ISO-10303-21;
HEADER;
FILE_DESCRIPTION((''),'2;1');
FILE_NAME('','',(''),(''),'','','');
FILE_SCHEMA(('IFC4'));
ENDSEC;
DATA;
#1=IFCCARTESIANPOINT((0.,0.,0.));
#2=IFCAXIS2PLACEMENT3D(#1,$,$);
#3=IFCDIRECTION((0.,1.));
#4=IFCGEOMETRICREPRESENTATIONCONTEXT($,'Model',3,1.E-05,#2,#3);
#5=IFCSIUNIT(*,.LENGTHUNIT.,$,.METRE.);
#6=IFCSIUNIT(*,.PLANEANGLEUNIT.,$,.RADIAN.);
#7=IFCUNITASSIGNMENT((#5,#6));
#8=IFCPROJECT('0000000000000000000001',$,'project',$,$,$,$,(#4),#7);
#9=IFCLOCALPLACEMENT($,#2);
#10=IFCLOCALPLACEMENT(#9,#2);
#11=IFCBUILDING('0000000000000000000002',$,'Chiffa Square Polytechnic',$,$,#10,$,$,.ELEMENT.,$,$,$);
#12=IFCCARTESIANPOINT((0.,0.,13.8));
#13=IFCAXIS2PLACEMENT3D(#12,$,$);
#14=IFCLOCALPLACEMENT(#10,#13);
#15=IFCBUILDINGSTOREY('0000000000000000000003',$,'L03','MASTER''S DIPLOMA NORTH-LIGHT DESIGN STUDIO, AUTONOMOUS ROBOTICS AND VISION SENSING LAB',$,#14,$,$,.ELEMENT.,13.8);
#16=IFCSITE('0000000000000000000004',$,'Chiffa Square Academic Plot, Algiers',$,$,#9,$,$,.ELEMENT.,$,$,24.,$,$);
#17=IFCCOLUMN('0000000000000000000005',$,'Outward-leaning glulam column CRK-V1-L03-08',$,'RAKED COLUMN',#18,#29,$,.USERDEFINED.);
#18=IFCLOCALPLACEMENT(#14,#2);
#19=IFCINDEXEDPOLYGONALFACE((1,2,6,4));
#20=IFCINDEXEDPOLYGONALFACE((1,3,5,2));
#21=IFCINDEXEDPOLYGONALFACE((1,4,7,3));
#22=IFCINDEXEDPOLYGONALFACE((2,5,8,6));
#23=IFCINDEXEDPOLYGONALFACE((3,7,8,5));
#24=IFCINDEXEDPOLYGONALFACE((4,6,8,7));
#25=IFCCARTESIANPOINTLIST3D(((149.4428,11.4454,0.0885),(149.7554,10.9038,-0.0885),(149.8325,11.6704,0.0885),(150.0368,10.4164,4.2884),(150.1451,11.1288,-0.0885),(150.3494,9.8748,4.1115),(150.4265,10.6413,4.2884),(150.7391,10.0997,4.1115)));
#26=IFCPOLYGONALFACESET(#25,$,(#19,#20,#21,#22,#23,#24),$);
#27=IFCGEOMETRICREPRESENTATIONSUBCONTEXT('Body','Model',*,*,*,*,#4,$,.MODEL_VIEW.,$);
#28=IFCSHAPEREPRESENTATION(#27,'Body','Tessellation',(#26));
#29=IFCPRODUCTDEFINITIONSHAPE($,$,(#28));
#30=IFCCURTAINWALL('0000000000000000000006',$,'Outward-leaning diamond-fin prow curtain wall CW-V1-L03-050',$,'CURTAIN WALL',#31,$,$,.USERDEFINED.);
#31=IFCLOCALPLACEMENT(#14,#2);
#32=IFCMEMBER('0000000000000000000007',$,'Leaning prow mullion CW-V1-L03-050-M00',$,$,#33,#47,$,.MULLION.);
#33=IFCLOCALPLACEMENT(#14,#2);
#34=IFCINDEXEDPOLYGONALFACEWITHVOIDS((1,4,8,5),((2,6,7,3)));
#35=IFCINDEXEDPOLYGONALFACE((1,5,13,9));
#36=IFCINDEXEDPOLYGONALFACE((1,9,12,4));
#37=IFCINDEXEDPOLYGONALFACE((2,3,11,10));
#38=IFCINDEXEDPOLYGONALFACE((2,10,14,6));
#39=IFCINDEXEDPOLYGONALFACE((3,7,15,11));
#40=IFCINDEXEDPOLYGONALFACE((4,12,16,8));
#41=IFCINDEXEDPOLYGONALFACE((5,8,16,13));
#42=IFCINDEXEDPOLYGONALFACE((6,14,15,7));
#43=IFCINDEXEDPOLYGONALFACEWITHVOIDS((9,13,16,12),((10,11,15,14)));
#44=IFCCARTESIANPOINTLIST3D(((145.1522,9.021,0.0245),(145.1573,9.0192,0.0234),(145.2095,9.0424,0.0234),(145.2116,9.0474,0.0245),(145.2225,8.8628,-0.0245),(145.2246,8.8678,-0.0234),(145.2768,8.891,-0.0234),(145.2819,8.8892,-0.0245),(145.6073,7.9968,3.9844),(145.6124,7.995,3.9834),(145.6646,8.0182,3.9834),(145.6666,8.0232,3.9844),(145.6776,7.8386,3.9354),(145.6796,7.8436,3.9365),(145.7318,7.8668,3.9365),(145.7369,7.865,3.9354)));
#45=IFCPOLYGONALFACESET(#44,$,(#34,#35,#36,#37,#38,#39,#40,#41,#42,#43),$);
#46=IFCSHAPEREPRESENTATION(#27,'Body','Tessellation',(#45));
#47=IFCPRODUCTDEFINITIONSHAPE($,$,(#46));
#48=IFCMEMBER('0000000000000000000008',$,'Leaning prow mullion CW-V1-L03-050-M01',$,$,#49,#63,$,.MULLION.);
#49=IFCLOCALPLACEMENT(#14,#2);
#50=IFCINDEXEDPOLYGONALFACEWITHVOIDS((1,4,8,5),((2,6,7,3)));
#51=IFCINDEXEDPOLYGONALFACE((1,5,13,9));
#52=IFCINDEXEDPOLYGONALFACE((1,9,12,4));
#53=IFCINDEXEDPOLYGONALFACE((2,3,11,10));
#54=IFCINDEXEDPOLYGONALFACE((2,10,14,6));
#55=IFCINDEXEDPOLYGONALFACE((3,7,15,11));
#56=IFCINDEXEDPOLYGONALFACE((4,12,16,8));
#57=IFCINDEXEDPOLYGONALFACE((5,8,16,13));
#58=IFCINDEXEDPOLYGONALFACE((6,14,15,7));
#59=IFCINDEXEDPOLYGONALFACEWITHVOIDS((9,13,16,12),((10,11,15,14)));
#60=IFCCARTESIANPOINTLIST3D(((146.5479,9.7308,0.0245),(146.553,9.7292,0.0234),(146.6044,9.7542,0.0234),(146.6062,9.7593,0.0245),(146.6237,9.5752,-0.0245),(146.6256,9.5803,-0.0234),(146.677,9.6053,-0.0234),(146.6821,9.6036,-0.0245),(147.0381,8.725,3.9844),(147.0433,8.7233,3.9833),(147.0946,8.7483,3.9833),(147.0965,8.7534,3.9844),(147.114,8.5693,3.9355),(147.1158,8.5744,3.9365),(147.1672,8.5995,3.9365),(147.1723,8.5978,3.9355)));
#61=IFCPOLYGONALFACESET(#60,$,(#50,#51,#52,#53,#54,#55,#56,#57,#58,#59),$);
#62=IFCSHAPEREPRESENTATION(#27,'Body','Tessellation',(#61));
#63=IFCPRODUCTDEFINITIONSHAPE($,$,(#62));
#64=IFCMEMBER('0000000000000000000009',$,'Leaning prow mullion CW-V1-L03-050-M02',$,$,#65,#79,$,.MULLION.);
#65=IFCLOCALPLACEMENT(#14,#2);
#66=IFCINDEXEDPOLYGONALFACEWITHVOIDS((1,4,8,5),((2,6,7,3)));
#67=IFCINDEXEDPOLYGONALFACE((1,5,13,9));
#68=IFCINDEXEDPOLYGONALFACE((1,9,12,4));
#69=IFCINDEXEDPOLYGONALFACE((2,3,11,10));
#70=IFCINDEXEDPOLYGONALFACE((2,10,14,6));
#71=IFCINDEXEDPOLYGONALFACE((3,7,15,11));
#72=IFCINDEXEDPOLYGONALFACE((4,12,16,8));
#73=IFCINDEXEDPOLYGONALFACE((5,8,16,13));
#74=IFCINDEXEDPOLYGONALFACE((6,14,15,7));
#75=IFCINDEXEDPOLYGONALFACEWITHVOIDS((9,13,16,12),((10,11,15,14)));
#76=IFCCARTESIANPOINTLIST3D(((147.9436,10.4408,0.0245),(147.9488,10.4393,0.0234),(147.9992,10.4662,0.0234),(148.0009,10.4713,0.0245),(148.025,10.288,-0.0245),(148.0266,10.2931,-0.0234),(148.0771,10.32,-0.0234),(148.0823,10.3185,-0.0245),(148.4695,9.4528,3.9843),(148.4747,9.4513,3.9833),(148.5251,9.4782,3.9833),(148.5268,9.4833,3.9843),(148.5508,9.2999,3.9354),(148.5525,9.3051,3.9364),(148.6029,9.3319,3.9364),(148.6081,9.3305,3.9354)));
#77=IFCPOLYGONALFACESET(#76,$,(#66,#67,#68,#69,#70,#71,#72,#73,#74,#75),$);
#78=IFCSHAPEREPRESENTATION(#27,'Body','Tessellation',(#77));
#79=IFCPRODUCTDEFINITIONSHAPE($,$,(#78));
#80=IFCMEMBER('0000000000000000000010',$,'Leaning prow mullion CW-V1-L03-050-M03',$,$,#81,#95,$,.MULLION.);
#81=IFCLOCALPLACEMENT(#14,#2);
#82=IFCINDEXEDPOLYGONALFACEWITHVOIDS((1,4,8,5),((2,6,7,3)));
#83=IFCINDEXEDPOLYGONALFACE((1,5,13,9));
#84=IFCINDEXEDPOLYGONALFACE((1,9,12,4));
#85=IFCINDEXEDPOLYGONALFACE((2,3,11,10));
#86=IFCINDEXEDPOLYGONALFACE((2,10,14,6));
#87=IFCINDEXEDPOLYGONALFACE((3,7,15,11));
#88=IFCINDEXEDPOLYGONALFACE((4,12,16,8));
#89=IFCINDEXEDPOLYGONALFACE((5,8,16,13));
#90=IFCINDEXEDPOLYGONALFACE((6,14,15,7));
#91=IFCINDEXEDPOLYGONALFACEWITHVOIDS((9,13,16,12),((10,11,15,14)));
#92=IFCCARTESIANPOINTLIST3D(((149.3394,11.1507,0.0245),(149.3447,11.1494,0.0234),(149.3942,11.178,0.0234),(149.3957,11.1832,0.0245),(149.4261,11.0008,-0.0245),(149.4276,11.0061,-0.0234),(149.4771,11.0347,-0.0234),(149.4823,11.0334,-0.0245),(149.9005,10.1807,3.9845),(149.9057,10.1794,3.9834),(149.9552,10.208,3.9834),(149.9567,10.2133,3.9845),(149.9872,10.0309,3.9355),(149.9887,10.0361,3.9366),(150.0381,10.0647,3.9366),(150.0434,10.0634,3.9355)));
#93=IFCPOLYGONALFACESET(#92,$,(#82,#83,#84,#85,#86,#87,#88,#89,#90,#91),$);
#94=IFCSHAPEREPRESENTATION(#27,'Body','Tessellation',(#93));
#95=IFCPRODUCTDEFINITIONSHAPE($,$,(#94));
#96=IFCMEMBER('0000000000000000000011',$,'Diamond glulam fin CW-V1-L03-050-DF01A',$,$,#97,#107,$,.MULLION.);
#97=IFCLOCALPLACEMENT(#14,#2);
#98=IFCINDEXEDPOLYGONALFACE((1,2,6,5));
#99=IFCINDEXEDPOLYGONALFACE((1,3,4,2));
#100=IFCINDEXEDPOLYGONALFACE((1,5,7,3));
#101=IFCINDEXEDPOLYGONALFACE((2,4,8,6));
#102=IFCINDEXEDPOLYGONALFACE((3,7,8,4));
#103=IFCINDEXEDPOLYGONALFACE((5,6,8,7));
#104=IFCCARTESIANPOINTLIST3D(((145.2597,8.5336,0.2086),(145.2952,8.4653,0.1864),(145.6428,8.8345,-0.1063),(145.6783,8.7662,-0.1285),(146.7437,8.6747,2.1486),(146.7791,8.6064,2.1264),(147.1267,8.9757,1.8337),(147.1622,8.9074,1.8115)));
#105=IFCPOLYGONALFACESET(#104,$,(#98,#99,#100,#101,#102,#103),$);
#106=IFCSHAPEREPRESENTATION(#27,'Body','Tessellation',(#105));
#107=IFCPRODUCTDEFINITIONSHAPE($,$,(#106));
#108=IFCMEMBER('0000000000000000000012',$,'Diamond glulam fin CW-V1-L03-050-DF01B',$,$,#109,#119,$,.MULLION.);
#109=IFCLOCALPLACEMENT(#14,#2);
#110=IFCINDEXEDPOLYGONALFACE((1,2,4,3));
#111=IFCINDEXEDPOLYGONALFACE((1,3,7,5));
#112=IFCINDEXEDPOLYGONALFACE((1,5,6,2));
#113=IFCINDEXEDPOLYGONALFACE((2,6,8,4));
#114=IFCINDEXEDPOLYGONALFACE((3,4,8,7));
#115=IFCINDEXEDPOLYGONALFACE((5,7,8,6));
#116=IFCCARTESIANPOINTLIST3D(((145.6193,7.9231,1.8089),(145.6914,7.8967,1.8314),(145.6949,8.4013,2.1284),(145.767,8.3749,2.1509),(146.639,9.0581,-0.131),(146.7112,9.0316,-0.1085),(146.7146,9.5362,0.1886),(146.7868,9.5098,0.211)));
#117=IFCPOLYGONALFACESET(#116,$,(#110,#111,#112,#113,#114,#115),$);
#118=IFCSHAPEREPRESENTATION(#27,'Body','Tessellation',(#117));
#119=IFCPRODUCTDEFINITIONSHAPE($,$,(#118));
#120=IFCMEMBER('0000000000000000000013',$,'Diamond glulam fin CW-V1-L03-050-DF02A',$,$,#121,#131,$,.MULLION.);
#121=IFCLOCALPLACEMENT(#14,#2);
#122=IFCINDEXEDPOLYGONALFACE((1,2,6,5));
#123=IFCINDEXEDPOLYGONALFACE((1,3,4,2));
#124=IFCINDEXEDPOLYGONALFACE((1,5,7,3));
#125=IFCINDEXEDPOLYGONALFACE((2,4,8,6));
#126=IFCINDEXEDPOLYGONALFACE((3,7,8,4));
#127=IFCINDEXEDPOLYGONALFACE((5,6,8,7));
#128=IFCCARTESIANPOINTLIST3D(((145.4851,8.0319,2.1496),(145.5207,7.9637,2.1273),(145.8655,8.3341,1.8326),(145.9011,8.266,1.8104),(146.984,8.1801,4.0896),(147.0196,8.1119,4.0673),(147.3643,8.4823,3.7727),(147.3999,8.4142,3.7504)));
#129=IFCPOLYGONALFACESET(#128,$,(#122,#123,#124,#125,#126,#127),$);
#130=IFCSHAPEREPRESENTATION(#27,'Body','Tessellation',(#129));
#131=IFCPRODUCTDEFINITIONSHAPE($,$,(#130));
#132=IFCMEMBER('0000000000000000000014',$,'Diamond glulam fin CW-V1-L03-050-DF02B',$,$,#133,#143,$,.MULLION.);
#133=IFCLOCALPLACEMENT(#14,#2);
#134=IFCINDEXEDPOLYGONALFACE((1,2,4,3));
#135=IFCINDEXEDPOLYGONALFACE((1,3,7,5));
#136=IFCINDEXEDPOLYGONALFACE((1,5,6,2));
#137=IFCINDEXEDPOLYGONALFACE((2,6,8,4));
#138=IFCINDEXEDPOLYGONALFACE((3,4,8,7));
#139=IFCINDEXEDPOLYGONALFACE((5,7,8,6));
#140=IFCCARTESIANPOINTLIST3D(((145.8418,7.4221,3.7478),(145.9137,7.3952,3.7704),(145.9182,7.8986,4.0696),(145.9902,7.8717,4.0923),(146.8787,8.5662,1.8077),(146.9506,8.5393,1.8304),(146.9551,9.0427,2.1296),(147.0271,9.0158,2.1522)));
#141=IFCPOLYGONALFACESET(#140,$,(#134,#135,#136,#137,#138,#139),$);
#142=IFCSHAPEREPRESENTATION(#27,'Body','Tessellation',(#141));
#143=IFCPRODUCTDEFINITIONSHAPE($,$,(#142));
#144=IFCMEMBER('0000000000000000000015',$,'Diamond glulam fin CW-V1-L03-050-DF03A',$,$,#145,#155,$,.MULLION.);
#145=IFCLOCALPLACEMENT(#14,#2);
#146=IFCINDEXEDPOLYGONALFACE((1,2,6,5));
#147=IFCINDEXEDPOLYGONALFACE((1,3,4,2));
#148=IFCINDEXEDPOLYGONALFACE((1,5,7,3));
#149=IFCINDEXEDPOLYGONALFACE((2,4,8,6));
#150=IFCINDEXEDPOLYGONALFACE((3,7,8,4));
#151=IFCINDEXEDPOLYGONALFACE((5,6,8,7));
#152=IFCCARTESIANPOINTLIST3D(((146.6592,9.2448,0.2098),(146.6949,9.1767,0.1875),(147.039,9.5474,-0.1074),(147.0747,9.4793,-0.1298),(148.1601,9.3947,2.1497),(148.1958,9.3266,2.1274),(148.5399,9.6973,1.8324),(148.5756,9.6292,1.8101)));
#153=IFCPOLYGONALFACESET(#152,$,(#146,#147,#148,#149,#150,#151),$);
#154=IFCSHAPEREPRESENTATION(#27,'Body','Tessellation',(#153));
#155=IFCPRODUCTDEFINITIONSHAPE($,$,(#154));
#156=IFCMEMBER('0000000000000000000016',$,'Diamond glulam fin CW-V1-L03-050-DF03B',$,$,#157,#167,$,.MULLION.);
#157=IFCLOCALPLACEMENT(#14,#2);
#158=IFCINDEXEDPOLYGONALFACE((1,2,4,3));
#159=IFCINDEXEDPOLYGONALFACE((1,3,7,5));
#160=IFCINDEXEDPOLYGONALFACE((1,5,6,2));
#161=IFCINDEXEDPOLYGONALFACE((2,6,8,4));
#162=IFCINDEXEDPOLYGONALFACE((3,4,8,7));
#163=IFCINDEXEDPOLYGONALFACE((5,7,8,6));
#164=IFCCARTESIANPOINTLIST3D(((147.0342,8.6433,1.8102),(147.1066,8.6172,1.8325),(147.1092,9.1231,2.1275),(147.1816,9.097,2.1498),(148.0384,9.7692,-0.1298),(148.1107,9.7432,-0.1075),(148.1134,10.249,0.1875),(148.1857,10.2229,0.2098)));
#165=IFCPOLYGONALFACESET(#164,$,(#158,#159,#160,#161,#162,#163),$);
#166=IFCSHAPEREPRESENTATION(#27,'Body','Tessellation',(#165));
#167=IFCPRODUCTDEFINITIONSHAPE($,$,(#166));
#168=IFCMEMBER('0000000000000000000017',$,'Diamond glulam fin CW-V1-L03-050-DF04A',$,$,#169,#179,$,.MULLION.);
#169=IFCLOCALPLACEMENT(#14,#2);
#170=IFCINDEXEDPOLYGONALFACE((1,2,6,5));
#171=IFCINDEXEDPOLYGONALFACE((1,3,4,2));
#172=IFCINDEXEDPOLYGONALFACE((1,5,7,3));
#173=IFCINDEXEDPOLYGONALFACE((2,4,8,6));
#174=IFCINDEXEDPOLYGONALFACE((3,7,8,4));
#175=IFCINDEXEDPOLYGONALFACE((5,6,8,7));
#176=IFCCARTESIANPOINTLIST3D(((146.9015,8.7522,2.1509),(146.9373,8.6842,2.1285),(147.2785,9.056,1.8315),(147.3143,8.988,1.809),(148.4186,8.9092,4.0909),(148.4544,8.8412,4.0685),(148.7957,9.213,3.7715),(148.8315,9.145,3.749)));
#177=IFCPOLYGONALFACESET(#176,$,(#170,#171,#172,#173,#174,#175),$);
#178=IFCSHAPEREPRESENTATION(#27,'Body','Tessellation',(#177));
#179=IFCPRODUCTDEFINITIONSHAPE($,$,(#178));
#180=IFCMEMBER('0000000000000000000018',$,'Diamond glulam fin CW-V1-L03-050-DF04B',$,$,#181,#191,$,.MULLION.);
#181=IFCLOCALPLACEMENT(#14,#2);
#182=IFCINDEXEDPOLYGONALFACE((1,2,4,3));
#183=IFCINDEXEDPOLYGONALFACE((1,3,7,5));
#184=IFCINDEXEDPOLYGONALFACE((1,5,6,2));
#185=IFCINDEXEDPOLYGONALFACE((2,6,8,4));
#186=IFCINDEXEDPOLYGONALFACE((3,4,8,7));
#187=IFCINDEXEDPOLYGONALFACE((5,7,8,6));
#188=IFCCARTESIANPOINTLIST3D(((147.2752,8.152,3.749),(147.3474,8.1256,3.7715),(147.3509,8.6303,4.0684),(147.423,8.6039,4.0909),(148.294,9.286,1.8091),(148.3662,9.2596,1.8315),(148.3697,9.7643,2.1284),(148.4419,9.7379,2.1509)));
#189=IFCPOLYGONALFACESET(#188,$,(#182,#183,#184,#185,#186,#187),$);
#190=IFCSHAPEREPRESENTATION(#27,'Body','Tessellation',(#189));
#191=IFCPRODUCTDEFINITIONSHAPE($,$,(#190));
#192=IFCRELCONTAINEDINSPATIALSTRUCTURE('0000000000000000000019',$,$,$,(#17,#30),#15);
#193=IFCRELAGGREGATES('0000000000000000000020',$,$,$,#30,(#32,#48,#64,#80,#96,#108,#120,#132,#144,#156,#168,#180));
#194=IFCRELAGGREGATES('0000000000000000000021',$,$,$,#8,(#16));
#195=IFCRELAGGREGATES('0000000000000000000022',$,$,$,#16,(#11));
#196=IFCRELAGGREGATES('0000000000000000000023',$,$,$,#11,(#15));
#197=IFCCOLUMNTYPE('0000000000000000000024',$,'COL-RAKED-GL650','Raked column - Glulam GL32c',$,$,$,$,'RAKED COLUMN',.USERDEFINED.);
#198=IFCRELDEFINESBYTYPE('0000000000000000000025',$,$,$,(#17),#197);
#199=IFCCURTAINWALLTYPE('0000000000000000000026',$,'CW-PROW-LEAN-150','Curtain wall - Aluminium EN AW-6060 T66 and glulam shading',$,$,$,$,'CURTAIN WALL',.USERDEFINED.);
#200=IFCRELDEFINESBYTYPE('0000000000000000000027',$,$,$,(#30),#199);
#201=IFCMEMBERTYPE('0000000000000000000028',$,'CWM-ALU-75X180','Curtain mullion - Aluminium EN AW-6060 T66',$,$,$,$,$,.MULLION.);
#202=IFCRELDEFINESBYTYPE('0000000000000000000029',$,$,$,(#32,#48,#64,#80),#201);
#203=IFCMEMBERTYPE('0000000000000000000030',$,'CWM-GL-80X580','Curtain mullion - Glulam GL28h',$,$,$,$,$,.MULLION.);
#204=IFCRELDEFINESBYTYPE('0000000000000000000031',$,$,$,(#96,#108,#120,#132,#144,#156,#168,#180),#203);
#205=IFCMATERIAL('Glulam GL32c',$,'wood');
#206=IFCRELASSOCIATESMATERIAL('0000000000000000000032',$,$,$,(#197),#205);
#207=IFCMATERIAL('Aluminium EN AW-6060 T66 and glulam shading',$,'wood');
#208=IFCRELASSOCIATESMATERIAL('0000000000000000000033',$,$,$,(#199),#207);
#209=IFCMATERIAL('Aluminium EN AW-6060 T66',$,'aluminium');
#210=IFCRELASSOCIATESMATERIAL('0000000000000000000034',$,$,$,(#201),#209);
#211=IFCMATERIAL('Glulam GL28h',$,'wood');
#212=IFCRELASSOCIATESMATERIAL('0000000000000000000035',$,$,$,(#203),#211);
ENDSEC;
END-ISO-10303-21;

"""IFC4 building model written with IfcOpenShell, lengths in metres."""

from ifc_helpers import new_model, si_unit, direction, frame, origin, origin_2d, place, context, subcontext, project, spatial, rectangle, hollow_rectangle, extrude, material, material_profile, profile_set, type_object, element, aggregate, save


model = new_model("IFC4")

# Units and contexts
model_context = context("Model", 3, precision=1e-05, world=origin(), true_north=direction((0.0, 1.0)))
body_context = subcontext(model_context, "Body", "Model", "MODEL_VIEW")
ifc_project = project(units=[si_unit("LENGTHUNIT", "METRE"), si_unit("PLANEANGLEUNIT", "RADIAN")], contexts=[model_context])

# Site, building, storey
site_placement = place(None, origin())
site = spatial("IfcSite", under=ifc_project, at=site_placement, Name="Chiffa Square Academic Plot, Algiers", CompositionType="ELEMENT", RefElevation=24.0)
building_placement = place(site_placement, origin())
building = spatial("IfcBuilding", under=site, at=building_placement, Name="Chiffa Square Polytechnic", CompositionType="ELEMENT")
storey_placement = place(building_placement, frame((0.0, 0.0, 13.8)))
storey = spatial("IfcBuildingStorey", under=building, at=storey_placement, Name="L03", Description="MASTER'S DIPLOMA NORTH-LIGHT DESIGN STUDIO, AUTONOMOUS ROBOTICS AND VISION SENSING LAB", CompositionType="ELEMENT", Elevation=13.8)

# Column
ifc_material_1 = material(Name="Glulam GL32c", Category="wood")
ifc_material_profile_1 = material_profile(ifc_material_1, rectangle(XDim=0.45, YDim=0.6499, at=origin_2d()), Name="GL32c 450x650")
ifc_profile_set_1 = profile_set([ifc_material_profile_1], Name="Glulam GL32c")
column_type = type_object("IfcColumnType", Name="COL-RAKED-GL650", Description="Raked column - Glulam GL32c", ElementType="RAKED COLUMN", PredefinedType="USERDEFINED", material=ifc_profile_set_1)
column_placement = place(storey_placement, frame((149.7939, 11.2871, 0.0), z_axis=(0.136088, -0.235762, 0.962235), x_axis=(0.866073, 0.499918, 0.0)))
element("IfcColumn", 1, at=column_placement, inside=storey, type_object=column_type, Name="Outward-leaning glulam column CRK-V1-L03-08", ObjectType="RAKED COLUMN", PredefinedType="USERDEFINED", context=body_context, shape_type="SweptSolid", body=[
    extrude(rectangle(XDim=0.45, YDim=0.6499, at=origin_2d()), origin(), (0.0, 0.0, 1.0), 4.3647),
])

# Curtain wall, members
ifc_material_2 = material(Name="Aluminium EN AW-6060 T66 and glulam shading", Category="wood")
curtain_wall_type_1 = type_object("IfcCurtainWallType", Name="CW-PROW-LEAN-150", Description="Curtain wall - Aluminium EN AW-6060 T66 and glulam shading", ElementType="CURTAIN WALL", PredefinedType="USERDEFINED", material=ifc_material_2)
curtain_wall_1_placement = place(storey_placement, origin())
curtain_wall_1 = element("IfcCurtainWall", 2, at=curtain_wall_1_placement, inside=storey, type_object=curtain_wall_type_1, Name="Outward-leaning diamond-fin prow curtain wall CW-V1-L03-050", ObjectType="CURTAIN WALL", PredefinedType="USERDEFINED")
ifc_material_3 = material(Name="Aluminium EN AW-6060 T66", Category="aluminium")
ifc_material_profile_2 = material_profile(ifc_material_3, hollow_rectangle(XDim=0.0649, YDim=0.1799, WallThickness=0.0039, at=origin_2d()), Name="ALU 65x180x4")
ifc_profile_set_2 = profile_set([ifc_material_profile_2], Name="Aluminium EN AW-6060 T66")
member_type_1 = type_object("IfcMemberType", Name="CWM-ALU-75X180", Description="Curtain mullion - Aluminium EN AW-6060 T66", PredefinedType="MULLION", material=ifc_profile_set_2)
member_1_placement = place(storey_placement, frame((145.217, 8.9551, 0.0), z_axis=(0.110577, -0.248857, 0.962207), x_axis=(0.913847, 0.406058, 0.0)))
member_1 = element("IfcMember", 3, at=member_1_placement, type_object=member_type_1, Name="Leaning prow mullion CW-V1-L03-050-M00", PredefinedType="MULLION", context=body_context, shape_type="SweptSolid", body=[
    extrude(hollow_rectangle(XDim=0.0649, YDim=0.1799, WallThickness=0.0039, at=origin_2d()), origin(), (0.0, 0.0, 1.0), 4.1155),
])
member_2_placement = place(storey_placement, frame((146.615, 9.6672, 0.0), z_axis=(0.119133, -0.244436, 0.962319), x_axis=(0.898919, 0.438114, 0.0)))
member_2 = element("IfcMember", 4, at=member_2_placement, type_object=member_type_1, Name="Leaning prow mullion CW-V1-L03-050-M01", PredefinedType="MULLION", context=body_context, shape_type="SweptSolid", body=[
    extrude(hollow_rectangle(XDim=0.0649, YDim=0.1799, WallThickness=0.0039, at=origin_2d()), origin(), (0.0, 0.0, 1.0), 4.115),
])
member_3_placement = place(storey_placement, frame((148.0129, 10.3796, 0.0), z_axis=(0.127792, -0.2401, 0.9623), x_axis=(0.882751, 0.469841, 0.0)))
member_3 = element("IfcMember", 5, at=member_3_placement, type_object=member_type_1, Name="Leaning prow mullion CW-V1-L03-050-M02", PredefinedType="MULLION", context=body_context, shape_type="SweptSolid", body=[
    extrude(hollow_rectangle(XDim=0.0649, YDim=0.1799, WallThickness=0.0039, at=origin_2d()), origin(), (0.0, 0.0, 1.0), 4.115),
])
member_4_placement = place(storey_placement, frame((149.4109, 11.092, 0.0), z_axis=(0.136324, -0.23569, 0.962219), x_axis=(0.86563, 0.500684, 0.0)))
member_4 = element("IfcMember", 6, at=member_4_placement, type_object=member_type_1, Name="Leaning prow mullion CW-V1-L03-050-M03", PredefinedType="MULLION", context=body_context, shape_type="SweptSolid", body=[
    extrude(hollow_rectangle(XDim=0.0649, YDim=0.1799, WallThickness=0.0039, at=origin_2d()), origin(), (0.0, 0.0, 1.0), 4.1155),
])
ifc_material_4 = material(Name="Glulam GL28h", Category="wood")
ifc_material_profile_3 = material_profile(ifc_material_4, rectangle(XDim=0.0801, YDim=0.5801, at=origin_2d()), Name="GL28h 80x580")
ifc_profile_set_3 = profile_set([ifc_material_profile_3], Name="Glulam GL28h")
member_type_2 = type_object("IfcMemberType", Name="CWM-GL-80X580", Description="Curtain mullion - Glulam GL28h", PredefinedType="MULLION", material=ifc_profile_set_3)
member_5_placement = place(storey_placement, frame((145.469, 8.6499, 0.04), z_axis=(0.606542, 0.05768, 0.792956), x_axis=(-0.442729, 0.852924, 0.276607)))
member_5 = element("IfcMember", 7, at=member_5_placement, type_object=member_type_2, Name="Diamond glulam fin CW-V1-L03-050-DF01A", PredefinedType="MULLION", context=body_context, shape_type="SweptSolid", body=[
    extrude(rectangle(XDim=0.0801, YDim=0.5801, at=origin_2d()), origin(), (0.0, 0.0, 1.0), 2.4465),
])
member_6_placement = place(storey_placement, frame((146.7129, 9.2839, 0.04), z_axis=(-0.413181, -0.45987, 0.786003), x_axis=(0.901271, -0.330055, 0.280667)))
member_6 = element("IfcMember", 8, at=member_6_placement, type_object=member_type_2, Name="Diamond glulam fin CW-V1-L03-050-DF01B", PredefinedType="MULLION", context=body_context, shape_type="SweptSolid", body=[
    extrude(rectangle(XDim=0.0801, YDim=0.5801, at=origin_2d()), origin(), (0.0, 0.0, 1.0), 2.468),
])
member_7_placement = place(storey_placement, frame((145.6931, 8.1489, 1.98), z_axis=(0.610265, 0.060341, 0.789896), x_axis=(-0.444537, 0.851397, 0.278406)))
member_7 = element("IfcMember", 9, at=member_7_placement, type_object=member_type_2, Name="Diamond glulam fin CW-V1-L03-050-DF02A", PredefinedType="MULLION", context=body_context, shape_type="SweptSolid", body=[
    extrude(rectangle(XDim=0.0801, YDim=0.5801, at=origin_2d()), origin(), (0.0, 0.0, 1.0), 2.4561),
])
member_8_placement = place(storey_placement, frame((146.9529, 8.791, 1.98), z_axis=(-0.418196, -0.461424, 0.782432), x_axis=(0.898747, -0.33515, 0.282716)))
member_8 = element("IfcMember", 10, at=member_8_placement, type_object=member_type_2, Name="Diamond glulam fin CW-V1-L03-050-DF02B", PredefinedType="MULLION", context=body_context, shape_type="SweptSolid", body=[
    extrude(rectangle(XDim=0.0801, YDim=0.5801, at=origin_2d()), origin(), (0.0, 0.0, 1.0), 2.4795),
])
member_9_placement = place(storey_placement, frame((146.8669, 9.3621, 0.04), z_axis=(0.610801, 0.061001, 0.789431), x_axis=(-0.445164, 0.85098, 0.278677)))
member_9 = element("IfcMember", 11, at=member_9_placement, type_object=member_type_2, Name="Diamond glulam fin CW-V1-L03-050-DF03A", PredefinedType="MULLION", context=body_context, shape_type="SweptSolid", body=[
    extrude(rectangle(XDim=0.0801, YDim=0.5801, at=origin_2d()), origin(), (0.0, 0.0, 1.0), 2.4573),
])
member_10_placement = place(storey_placement, frame((148.1121, 9.9961, 0.04), z_axis=(-0.408599, -0.458172, 0.789383), x_axis=(0.903508, -0.325571, 0.278705)))
member_10 = element("IfcMember", 12, at=member_10_placement, type_object=member_type_2, Name="Diamond glulam fin CW-V1-L03-050-DF03B", PredefinedType="MULLION", context=body_context, shape_type="SweptSolid", body=[
    extrude(rectangle(XDim=0.0801, YDim=0.5801, at=origin_2d()), origin(), (0.0, 0.0, 1.0), 2.4575),
])
member_11_placement = place(storey_placement, frame((147.1079, 8.8701, 1.98), z_axis=(0.614777, 0.063615, 0.786131), x_axis=(-0.446709, 0.84954, 0.280593)))
member_11 = element("IfcMember", 13, at=member_11_placement, type_object=member_type_2, Name="Diamond glulam fin CW-V1-L03-050-DF04A", PredefinedType="MULLION", context=body_context, shape_type="SweptSolid", body=[
    extrude(rectangle(XDim=0.0801, YDim=0.5801, at=origin_2d()), origin(), (0.0, 0.0, 1.0), 2.4678),
])
member_12_placement = place(storey_placement, frame((148.3679, 9.512, 1.98), z_axis=(-0.412928, -0.459633, 0.786275), x_axis=(0.901369, -0.32992, 0.28051)))
member_12 = element("IfcMember", 14, at=member_12_placement, type_object=member_type_2, Name="Diamond glulam fin CW-V1-L03-050-DF04B", PredefinedType="MULLION", context=body_context, shape_type="SweptSolid", body=[
    extrude(rectangle(XDim=0.0801, YDim=0.5801, at=origin_2d()), origin(), (0.0, 0.0, 1.0), 2.4673),
])

aggregate(curtain_wall_1, [member_1, member_2, member_3, member_4, member_5, member_6, member_7, member_8, member_9, member_10, member_11, member_12])

save(model, "model.ifc")
